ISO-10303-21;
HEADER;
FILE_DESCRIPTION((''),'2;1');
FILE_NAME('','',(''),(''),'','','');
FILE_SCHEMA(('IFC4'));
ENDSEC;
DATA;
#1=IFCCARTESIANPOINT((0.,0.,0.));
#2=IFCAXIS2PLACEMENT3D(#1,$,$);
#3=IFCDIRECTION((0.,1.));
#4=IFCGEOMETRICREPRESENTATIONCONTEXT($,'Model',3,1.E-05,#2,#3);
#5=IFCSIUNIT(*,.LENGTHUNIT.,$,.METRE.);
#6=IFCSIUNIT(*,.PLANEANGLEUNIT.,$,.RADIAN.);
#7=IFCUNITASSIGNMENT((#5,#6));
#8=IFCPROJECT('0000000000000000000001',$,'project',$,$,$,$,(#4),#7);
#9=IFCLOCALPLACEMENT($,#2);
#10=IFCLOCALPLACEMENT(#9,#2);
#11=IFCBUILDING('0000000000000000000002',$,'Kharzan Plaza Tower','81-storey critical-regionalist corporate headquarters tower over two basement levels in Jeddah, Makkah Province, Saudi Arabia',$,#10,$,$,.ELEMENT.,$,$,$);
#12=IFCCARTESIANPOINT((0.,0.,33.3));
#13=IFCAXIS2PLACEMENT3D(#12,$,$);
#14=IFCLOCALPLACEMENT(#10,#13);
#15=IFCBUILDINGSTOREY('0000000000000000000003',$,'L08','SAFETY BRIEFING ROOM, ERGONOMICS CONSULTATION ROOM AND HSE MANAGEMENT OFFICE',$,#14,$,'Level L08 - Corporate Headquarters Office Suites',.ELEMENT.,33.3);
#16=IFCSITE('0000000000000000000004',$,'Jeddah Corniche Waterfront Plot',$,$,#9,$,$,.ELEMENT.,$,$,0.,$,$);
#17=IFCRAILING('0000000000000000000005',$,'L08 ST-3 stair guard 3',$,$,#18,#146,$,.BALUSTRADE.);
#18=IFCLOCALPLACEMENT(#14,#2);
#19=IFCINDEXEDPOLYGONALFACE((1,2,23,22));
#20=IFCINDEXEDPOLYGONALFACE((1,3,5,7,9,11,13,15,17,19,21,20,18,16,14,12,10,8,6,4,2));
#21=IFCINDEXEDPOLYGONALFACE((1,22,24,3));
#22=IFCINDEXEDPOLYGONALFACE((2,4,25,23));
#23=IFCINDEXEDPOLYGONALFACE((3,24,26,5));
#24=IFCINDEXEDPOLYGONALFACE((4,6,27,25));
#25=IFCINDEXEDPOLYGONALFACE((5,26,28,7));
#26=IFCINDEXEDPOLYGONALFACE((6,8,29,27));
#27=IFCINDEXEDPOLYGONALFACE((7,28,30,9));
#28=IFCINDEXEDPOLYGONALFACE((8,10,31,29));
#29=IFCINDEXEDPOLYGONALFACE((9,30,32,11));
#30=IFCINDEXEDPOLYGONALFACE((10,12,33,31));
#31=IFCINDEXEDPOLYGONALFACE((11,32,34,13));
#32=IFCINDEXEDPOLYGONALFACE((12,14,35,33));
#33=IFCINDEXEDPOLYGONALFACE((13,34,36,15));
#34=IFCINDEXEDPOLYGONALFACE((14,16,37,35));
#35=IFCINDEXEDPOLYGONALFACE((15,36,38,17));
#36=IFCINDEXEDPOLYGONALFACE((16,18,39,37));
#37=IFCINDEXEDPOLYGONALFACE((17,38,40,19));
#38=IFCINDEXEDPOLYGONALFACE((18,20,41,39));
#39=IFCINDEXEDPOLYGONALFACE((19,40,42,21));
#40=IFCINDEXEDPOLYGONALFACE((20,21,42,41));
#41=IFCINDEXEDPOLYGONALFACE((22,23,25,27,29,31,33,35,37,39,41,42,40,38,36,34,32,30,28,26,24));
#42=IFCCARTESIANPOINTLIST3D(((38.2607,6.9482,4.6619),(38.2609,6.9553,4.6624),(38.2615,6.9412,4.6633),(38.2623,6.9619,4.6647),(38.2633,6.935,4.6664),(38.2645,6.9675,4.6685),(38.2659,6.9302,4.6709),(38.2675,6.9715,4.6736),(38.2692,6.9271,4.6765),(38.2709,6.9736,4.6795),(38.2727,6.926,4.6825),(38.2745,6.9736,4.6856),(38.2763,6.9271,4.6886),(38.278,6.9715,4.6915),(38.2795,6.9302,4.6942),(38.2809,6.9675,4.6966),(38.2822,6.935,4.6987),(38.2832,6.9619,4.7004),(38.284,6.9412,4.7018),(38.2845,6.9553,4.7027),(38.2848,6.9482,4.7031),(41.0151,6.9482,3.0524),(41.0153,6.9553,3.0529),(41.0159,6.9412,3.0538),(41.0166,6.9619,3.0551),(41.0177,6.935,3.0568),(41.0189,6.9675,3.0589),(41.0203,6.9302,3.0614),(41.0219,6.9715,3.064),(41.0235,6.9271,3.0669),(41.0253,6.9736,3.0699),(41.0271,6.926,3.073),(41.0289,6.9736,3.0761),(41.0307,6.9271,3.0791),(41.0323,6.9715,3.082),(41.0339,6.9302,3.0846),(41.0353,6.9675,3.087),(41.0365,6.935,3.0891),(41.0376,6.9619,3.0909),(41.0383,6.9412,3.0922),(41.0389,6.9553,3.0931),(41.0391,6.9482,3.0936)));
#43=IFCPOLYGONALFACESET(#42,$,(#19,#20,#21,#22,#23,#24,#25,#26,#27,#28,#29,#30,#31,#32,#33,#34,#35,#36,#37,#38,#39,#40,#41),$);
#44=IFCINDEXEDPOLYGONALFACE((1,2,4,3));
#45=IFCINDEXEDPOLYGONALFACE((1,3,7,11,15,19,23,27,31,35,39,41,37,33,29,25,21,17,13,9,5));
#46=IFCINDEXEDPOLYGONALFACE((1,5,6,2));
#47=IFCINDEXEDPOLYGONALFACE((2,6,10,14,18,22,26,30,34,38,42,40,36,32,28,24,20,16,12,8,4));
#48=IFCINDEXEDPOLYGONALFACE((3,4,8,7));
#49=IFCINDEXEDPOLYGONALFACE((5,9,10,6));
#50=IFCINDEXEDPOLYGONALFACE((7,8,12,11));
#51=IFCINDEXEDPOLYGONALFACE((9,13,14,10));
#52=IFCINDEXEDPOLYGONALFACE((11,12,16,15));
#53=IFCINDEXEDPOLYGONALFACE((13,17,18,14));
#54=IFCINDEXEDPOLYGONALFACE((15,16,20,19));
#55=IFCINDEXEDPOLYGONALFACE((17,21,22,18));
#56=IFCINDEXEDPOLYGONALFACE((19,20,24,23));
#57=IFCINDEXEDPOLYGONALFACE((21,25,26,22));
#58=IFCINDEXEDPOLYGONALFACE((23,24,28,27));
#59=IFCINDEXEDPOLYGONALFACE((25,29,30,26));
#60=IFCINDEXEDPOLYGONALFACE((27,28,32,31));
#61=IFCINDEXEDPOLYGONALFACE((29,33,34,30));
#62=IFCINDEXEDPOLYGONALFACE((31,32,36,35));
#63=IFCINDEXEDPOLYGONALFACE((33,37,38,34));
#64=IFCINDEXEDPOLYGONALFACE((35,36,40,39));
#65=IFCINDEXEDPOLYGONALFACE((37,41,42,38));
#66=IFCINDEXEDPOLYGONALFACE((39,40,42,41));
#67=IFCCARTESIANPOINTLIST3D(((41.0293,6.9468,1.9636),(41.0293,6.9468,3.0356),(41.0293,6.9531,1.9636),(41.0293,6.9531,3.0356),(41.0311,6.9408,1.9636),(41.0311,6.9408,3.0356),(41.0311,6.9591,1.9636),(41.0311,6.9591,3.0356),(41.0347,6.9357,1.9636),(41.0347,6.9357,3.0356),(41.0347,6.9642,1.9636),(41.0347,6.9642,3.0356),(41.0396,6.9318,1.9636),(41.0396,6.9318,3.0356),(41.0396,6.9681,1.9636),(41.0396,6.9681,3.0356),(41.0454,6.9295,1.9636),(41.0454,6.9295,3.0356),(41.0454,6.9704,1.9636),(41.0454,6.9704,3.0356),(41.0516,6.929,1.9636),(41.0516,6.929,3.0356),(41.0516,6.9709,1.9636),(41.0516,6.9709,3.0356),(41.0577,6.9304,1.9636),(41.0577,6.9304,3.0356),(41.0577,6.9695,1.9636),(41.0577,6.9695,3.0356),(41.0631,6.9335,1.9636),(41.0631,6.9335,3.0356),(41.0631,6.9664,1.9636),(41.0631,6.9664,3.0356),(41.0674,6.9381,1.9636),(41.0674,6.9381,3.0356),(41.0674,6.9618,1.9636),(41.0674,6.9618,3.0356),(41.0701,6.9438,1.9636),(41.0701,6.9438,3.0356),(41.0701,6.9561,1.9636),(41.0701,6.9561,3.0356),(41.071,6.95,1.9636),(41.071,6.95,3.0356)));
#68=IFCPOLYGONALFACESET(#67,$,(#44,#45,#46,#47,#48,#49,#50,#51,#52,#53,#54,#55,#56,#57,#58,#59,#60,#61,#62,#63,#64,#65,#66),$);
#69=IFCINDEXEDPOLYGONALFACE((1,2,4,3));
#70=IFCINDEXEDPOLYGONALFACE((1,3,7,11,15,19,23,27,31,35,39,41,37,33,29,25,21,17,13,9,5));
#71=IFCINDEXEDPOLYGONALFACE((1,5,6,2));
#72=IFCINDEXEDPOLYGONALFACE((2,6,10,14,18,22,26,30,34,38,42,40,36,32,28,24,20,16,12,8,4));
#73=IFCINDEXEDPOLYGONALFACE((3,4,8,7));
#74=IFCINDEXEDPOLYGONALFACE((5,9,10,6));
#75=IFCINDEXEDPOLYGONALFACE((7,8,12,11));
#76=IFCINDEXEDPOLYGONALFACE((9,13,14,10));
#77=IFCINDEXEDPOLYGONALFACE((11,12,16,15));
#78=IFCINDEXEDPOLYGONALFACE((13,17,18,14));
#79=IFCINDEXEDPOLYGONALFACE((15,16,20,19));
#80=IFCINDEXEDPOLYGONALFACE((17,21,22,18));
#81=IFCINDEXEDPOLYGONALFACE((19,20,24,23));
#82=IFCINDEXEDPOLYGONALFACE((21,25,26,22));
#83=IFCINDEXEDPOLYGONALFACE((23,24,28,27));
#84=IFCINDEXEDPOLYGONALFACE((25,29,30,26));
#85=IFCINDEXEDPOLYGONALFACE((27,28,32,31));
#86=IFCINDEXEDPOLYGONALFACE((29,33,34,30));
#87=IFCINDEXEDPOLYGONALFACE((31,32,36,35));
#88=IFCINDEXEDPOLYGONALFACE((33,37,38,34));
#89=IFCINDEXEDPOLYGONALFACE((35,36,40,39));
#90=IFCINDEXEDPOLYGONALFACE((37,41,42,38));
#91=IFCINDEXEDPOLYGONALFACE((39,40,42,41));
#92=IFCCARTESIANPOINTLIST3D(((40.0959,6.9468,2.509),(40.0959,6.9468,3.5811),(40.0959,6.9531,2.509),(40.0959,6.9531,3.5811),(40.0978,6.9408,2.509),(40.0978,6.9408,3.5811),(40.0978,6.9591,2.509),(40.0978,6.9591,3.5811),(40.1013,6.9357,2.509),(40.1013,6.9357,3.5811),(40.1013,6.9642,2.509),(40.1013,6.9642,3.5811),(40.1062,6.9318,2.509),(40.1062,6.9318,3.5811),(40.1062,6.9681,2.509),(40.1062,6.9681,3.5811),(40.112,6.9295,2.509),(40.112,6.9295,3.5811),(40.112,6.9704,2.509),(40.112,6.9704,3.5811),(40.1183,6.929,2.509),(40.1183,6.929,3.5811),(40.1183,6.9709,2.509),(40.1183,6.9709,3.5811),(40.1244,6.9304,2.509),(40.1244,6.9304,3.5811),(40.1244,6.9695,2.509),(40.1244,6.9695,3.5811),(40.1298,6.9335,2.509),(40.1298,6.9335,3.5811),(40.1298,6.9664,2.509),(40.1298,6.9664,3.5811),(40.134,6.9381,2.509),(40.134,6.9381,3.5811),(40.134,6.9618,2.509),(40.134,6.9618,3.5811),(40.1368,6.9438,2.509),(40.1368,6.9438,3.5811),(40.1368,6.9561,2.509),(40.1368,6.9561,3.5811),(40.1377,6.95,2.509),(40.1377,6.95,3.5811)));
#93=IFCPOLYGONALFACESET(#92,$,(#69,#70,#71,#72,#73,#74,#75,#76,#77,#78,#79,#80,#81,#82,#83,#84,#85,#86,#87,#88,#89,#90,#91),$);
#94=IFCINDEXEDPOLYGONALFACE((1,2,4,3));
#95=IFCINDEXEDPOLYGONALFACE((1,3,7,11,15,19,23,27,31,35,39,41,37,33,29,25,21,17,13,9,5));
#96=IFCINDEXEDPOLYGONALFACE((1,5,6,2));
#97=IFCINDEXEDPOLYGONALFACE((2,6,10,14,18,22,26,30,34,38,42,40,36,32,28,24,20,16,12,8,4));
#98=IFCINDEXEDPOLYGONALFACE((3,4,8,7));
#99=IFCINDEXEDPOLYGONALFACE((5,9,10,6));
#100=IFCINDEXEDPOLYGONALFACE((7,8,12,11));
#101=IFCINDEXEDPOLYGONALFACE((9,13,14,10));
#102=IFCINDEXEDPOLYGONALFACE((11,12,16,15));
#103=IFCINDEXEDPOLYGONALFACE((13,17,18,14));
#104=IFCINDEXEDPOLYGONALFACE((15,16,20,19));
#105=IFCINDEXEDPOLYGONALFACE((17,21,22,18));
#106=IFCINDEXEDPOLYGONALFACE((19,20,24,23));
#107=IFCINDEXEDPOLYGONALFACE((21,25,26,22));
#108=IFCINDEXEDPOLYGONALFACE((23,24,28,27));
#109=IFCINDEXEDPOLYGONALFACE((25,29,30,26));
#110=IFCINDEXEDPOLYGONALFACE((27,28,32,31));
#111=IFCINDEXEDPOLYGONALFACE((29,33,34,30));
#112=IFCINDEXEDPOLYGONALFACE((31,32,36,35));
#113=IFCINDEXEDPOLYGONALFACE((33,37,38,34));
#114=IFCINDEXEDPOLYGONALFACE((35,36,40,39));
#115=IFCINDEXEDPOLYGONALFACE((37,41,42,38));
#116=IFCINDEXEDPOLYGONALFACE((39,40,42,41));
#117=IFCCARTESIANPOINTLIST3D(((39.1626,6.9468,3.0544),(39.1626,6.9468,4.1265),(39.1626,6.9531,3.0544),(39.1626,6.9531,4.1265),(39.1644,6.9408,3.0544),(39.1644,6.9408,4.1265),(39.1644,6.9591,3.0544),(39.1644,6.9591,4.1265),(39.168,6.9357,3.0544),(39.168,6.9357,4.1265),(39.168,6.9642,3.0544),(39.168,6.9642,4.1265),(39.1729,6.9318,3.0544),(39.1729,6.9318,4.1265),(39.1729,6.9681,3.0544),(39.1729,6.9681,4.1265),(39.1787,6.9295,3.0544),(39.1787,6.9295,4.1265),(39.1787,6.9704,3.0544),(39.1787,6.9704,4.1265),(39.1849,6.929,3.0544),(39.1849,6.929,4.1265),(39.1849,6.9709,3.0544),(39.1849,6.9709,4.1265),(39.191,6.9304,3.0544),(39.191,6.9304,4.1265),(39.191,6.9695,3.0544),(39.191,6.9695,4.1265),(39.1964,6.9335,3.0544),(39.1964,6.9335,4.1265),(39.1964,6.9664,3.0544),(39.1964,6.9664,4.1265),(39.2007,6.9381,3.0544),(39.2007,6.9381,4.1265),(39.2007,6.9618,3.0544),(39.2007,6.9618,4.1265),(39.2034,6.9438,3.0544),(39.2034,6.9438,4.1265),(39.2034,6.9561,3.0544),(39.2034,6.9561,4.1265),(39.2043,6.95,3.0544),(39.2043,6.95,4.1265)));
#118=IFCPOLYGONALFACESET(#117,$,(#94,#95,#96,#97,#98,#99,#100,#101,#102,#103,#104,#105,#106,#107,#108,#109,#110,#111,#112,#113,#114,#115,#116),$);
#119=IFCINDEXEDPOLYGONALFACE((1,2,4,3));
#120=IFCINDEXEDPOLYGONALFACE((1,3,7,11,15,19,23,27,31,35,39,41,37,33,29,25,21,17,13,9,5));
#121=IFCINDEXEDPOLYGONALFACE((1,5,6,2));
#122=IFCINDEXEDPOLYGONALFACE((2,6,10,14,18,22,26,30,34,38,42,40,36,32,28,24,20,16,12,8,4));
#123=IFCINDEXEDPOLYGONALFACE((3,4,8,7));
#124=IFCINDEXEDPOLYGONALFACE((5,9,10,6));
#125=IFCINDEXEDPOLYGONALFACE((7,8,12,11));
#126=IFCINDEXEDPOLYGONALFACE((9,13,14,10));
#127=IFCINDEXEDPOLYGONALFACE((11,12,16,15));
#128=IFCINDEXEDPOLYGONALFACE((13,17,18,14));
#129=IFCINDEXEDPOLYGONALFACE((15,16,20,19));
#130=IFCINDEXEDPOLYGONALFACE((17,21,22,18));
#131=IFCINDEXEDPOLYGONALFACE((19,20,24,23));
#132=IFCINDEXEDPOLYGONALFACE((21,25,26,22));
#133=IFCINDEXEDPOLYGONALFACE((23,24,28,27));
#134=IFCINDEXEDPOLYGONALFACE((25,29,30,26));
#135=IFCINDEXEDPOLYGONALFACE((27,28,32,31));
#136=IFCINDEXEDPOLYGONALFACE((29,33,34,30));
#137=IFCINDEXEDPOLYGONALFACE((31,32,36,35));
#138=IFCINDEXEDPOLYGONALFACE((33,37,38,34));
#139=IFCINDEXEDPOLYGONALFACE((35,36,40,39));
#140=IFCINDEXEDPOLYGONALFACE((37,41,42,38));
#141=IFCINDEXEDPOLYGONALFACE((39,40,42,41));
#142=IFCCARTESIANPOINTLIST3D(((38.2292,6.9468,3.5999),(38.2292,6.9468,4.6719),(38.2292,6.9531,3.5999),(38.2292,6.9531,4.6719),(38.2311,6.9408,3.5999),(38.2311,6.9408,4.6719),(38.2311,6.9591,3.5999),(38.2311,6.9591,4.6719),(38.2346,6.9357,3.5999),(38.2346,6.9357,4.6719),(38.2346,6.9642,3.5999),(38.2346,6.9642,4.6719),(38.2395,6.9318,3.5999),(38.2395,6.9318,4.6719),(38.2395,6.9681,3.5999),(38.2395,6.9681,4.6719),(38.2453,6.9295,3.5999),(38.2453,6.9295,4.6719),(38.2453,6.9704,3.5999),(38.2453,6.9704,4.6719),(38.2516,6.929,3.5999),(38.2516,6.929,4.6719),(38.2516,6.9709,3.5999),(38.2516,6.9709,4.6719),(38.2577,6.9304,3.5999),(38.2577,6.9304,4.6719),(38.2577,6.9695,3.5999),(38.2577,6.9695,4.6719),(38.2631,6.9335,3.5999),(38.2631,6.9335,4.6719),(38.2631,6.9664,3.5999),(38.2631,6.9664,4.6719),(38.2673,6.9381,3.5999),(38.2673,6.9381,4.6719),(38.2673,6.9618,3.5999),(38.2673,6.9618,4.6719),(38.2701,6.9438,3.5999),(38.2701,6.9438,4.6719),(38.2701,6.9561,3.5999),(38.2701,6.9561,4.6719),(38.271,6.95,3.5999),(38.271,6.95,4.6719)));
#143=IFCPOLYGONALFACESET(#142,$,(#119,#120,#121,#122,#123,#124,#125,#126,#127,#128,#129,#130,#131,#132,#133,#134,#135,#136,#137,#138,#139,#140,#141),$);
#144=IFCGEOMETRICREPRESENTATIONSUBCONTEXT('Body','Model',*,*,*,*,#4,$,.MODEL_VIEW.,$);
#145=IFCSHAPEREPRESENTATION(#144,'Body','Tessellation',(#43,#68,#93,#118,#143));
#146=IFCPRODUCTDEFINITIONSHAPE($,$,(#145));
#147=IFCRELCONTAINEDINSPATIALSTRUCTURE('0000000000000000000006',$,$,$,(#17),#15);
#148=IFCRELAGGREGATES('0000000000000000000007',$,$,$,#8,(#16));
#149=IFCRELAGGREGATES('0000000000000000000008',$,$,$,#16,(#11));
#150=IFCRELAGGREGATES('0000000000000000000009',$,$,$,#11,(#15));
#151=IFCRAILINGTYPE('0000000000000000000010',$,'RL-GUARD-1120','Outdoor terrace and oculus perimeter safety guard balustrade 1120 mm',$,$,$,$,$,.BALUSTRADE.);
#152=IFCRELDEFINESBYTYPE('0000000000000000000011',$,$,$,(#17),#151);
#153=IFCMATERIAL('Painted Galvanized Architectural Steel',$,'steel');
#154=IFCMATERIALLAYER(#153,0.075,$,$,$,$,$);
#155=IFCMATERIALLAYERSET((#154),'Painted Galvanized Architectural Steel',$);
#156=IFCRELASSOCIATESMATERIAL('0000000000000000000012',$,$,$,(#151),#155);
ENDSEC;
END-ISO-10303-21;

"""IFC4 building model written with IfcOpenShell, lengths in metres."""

from ifc_helpers import new_model, si_unit, direction, frame, origin, origin_2d, place, context, subcontext, project, spatial, circle, extrude, source, transform, mapped, material, layer, layer_set, type_object, element, save


model = new_model("IFC4")

# Units and contexts
model_context = context("Model", 3, precision=1e-05, world=origin(), true_north=direction((0.0, 1.0)))
body_context = subcontext(model_context, "Body", "Model", "MODEL_VIEW")
ifc_project = project(units=[si_unit("LENGTHUNIT", "METRE"), si_unit("PLANEANGLEUNIT", "RADIAN")], contexts=[model_context])

# Site, building, storey
site_placement = place(None, origin())
site = spatial("IfcSite", under=ifc_project, at=site_placement, Name="Jeddah Corniche Waterfront Plot", CompositionType="ELEMENT", RefElevation=0.0)
building_placement = place(site_placement, origin())
building = spatial("IfcBuilding", under=site, at=building_placement, Name="Kharzan Plaza Tower", Description="81-storey critical-regionalist corporate headquarters tower over two basement levels in Jeddah, Makkah Province, Saudi Arabia", CompositionType="ELEMENT")
storey_placement = place(building_placement, frame((0.0, 0.0, 33.3)))
storey = spatial("IfcBuildingStorey", under=building, at=storey_placement, Name="L08", Description="SAFETY BRIEFING ROOM, ERGONOMICS CONSULTATION ROOM AND HSE MANAGEMENT OFFICE", LongName="Level L08 - Corporate Headquarters Office Suites", CompositionType="ELEMENT", Elevation=33.3)

# Railing
ifc_material_1 = material(Name="Painted Galvanized Architectural Steel", Category="steel")
ifc_layer_1 = layer(ifc_material_1, 0.075)
ifc_layer_set_1 = layer_set([ifc_layer_1], Name="Painted Galvanized Architectural Steel")
railing_type_1 = type_object("IfcRailingType", Name="RL-GUARD-1120", Description="Outdoor terrace and oculus perimeter safety guard balustrade 1120 mm", PredefinedType="BALUSTRADE", material=ifc_layer_set_1)
shared_shape_1 = source(origin(), body_context, "Body", "SweptSolid", [
    extrude(circle(Radius=0.0239, at=origin_2d()), frame((-0.0229, 0.0, 1.1094), z_axis=(-0.863394, 0.0, 0.504531), x_axis=(0.0, -1.0, 0.0)), (0.0, 0.0, 1.0), 3.1902),
    extrude(circle(Radius=0.021, at=origin_2d()), origin(), (0.0, 0.0, 1.0), 1.072),
    extrude(circle(Radius=0.021, at=origin_2d()), frame((-0.9333, 0.0, 0.5454)), (0.0, 0.0, 1.0), 1.072),
    extrude(circle(Radius=0.021, at=origin_2d()), frame((-1.8667, 0.0, 1.0908)), (0.0, 0.0, 1.0), 1.072),
    extrude(circle(Radius=0.021, at=origin_2d()), frame((-2.8, 0.0, 1.6362)), (0.0, 0.0, 1.0), 1.072),
])
railing_1_placement = place(storey_placement, frame((41.05, 6.95, 1.9636)))
element("IfcRailing", 1, at=railing_1_placement, inside=storey, type_object=railing_type_1, Name="L08 ST-3 stair guard 3", PredefinedType="BALUSTRADE", context=body_context, shape_type="MappedRepresentation", body=[
    mapped(shared_shape_1, transform((0.0, 0.0, 0.0), x_axis=(1.0, 0.0, 0.0), y_axis=(0.0, 1.0, 0.0), z_axis=(0.0, 0.0, 1.0))),
])

save(model, "model.ifc")
